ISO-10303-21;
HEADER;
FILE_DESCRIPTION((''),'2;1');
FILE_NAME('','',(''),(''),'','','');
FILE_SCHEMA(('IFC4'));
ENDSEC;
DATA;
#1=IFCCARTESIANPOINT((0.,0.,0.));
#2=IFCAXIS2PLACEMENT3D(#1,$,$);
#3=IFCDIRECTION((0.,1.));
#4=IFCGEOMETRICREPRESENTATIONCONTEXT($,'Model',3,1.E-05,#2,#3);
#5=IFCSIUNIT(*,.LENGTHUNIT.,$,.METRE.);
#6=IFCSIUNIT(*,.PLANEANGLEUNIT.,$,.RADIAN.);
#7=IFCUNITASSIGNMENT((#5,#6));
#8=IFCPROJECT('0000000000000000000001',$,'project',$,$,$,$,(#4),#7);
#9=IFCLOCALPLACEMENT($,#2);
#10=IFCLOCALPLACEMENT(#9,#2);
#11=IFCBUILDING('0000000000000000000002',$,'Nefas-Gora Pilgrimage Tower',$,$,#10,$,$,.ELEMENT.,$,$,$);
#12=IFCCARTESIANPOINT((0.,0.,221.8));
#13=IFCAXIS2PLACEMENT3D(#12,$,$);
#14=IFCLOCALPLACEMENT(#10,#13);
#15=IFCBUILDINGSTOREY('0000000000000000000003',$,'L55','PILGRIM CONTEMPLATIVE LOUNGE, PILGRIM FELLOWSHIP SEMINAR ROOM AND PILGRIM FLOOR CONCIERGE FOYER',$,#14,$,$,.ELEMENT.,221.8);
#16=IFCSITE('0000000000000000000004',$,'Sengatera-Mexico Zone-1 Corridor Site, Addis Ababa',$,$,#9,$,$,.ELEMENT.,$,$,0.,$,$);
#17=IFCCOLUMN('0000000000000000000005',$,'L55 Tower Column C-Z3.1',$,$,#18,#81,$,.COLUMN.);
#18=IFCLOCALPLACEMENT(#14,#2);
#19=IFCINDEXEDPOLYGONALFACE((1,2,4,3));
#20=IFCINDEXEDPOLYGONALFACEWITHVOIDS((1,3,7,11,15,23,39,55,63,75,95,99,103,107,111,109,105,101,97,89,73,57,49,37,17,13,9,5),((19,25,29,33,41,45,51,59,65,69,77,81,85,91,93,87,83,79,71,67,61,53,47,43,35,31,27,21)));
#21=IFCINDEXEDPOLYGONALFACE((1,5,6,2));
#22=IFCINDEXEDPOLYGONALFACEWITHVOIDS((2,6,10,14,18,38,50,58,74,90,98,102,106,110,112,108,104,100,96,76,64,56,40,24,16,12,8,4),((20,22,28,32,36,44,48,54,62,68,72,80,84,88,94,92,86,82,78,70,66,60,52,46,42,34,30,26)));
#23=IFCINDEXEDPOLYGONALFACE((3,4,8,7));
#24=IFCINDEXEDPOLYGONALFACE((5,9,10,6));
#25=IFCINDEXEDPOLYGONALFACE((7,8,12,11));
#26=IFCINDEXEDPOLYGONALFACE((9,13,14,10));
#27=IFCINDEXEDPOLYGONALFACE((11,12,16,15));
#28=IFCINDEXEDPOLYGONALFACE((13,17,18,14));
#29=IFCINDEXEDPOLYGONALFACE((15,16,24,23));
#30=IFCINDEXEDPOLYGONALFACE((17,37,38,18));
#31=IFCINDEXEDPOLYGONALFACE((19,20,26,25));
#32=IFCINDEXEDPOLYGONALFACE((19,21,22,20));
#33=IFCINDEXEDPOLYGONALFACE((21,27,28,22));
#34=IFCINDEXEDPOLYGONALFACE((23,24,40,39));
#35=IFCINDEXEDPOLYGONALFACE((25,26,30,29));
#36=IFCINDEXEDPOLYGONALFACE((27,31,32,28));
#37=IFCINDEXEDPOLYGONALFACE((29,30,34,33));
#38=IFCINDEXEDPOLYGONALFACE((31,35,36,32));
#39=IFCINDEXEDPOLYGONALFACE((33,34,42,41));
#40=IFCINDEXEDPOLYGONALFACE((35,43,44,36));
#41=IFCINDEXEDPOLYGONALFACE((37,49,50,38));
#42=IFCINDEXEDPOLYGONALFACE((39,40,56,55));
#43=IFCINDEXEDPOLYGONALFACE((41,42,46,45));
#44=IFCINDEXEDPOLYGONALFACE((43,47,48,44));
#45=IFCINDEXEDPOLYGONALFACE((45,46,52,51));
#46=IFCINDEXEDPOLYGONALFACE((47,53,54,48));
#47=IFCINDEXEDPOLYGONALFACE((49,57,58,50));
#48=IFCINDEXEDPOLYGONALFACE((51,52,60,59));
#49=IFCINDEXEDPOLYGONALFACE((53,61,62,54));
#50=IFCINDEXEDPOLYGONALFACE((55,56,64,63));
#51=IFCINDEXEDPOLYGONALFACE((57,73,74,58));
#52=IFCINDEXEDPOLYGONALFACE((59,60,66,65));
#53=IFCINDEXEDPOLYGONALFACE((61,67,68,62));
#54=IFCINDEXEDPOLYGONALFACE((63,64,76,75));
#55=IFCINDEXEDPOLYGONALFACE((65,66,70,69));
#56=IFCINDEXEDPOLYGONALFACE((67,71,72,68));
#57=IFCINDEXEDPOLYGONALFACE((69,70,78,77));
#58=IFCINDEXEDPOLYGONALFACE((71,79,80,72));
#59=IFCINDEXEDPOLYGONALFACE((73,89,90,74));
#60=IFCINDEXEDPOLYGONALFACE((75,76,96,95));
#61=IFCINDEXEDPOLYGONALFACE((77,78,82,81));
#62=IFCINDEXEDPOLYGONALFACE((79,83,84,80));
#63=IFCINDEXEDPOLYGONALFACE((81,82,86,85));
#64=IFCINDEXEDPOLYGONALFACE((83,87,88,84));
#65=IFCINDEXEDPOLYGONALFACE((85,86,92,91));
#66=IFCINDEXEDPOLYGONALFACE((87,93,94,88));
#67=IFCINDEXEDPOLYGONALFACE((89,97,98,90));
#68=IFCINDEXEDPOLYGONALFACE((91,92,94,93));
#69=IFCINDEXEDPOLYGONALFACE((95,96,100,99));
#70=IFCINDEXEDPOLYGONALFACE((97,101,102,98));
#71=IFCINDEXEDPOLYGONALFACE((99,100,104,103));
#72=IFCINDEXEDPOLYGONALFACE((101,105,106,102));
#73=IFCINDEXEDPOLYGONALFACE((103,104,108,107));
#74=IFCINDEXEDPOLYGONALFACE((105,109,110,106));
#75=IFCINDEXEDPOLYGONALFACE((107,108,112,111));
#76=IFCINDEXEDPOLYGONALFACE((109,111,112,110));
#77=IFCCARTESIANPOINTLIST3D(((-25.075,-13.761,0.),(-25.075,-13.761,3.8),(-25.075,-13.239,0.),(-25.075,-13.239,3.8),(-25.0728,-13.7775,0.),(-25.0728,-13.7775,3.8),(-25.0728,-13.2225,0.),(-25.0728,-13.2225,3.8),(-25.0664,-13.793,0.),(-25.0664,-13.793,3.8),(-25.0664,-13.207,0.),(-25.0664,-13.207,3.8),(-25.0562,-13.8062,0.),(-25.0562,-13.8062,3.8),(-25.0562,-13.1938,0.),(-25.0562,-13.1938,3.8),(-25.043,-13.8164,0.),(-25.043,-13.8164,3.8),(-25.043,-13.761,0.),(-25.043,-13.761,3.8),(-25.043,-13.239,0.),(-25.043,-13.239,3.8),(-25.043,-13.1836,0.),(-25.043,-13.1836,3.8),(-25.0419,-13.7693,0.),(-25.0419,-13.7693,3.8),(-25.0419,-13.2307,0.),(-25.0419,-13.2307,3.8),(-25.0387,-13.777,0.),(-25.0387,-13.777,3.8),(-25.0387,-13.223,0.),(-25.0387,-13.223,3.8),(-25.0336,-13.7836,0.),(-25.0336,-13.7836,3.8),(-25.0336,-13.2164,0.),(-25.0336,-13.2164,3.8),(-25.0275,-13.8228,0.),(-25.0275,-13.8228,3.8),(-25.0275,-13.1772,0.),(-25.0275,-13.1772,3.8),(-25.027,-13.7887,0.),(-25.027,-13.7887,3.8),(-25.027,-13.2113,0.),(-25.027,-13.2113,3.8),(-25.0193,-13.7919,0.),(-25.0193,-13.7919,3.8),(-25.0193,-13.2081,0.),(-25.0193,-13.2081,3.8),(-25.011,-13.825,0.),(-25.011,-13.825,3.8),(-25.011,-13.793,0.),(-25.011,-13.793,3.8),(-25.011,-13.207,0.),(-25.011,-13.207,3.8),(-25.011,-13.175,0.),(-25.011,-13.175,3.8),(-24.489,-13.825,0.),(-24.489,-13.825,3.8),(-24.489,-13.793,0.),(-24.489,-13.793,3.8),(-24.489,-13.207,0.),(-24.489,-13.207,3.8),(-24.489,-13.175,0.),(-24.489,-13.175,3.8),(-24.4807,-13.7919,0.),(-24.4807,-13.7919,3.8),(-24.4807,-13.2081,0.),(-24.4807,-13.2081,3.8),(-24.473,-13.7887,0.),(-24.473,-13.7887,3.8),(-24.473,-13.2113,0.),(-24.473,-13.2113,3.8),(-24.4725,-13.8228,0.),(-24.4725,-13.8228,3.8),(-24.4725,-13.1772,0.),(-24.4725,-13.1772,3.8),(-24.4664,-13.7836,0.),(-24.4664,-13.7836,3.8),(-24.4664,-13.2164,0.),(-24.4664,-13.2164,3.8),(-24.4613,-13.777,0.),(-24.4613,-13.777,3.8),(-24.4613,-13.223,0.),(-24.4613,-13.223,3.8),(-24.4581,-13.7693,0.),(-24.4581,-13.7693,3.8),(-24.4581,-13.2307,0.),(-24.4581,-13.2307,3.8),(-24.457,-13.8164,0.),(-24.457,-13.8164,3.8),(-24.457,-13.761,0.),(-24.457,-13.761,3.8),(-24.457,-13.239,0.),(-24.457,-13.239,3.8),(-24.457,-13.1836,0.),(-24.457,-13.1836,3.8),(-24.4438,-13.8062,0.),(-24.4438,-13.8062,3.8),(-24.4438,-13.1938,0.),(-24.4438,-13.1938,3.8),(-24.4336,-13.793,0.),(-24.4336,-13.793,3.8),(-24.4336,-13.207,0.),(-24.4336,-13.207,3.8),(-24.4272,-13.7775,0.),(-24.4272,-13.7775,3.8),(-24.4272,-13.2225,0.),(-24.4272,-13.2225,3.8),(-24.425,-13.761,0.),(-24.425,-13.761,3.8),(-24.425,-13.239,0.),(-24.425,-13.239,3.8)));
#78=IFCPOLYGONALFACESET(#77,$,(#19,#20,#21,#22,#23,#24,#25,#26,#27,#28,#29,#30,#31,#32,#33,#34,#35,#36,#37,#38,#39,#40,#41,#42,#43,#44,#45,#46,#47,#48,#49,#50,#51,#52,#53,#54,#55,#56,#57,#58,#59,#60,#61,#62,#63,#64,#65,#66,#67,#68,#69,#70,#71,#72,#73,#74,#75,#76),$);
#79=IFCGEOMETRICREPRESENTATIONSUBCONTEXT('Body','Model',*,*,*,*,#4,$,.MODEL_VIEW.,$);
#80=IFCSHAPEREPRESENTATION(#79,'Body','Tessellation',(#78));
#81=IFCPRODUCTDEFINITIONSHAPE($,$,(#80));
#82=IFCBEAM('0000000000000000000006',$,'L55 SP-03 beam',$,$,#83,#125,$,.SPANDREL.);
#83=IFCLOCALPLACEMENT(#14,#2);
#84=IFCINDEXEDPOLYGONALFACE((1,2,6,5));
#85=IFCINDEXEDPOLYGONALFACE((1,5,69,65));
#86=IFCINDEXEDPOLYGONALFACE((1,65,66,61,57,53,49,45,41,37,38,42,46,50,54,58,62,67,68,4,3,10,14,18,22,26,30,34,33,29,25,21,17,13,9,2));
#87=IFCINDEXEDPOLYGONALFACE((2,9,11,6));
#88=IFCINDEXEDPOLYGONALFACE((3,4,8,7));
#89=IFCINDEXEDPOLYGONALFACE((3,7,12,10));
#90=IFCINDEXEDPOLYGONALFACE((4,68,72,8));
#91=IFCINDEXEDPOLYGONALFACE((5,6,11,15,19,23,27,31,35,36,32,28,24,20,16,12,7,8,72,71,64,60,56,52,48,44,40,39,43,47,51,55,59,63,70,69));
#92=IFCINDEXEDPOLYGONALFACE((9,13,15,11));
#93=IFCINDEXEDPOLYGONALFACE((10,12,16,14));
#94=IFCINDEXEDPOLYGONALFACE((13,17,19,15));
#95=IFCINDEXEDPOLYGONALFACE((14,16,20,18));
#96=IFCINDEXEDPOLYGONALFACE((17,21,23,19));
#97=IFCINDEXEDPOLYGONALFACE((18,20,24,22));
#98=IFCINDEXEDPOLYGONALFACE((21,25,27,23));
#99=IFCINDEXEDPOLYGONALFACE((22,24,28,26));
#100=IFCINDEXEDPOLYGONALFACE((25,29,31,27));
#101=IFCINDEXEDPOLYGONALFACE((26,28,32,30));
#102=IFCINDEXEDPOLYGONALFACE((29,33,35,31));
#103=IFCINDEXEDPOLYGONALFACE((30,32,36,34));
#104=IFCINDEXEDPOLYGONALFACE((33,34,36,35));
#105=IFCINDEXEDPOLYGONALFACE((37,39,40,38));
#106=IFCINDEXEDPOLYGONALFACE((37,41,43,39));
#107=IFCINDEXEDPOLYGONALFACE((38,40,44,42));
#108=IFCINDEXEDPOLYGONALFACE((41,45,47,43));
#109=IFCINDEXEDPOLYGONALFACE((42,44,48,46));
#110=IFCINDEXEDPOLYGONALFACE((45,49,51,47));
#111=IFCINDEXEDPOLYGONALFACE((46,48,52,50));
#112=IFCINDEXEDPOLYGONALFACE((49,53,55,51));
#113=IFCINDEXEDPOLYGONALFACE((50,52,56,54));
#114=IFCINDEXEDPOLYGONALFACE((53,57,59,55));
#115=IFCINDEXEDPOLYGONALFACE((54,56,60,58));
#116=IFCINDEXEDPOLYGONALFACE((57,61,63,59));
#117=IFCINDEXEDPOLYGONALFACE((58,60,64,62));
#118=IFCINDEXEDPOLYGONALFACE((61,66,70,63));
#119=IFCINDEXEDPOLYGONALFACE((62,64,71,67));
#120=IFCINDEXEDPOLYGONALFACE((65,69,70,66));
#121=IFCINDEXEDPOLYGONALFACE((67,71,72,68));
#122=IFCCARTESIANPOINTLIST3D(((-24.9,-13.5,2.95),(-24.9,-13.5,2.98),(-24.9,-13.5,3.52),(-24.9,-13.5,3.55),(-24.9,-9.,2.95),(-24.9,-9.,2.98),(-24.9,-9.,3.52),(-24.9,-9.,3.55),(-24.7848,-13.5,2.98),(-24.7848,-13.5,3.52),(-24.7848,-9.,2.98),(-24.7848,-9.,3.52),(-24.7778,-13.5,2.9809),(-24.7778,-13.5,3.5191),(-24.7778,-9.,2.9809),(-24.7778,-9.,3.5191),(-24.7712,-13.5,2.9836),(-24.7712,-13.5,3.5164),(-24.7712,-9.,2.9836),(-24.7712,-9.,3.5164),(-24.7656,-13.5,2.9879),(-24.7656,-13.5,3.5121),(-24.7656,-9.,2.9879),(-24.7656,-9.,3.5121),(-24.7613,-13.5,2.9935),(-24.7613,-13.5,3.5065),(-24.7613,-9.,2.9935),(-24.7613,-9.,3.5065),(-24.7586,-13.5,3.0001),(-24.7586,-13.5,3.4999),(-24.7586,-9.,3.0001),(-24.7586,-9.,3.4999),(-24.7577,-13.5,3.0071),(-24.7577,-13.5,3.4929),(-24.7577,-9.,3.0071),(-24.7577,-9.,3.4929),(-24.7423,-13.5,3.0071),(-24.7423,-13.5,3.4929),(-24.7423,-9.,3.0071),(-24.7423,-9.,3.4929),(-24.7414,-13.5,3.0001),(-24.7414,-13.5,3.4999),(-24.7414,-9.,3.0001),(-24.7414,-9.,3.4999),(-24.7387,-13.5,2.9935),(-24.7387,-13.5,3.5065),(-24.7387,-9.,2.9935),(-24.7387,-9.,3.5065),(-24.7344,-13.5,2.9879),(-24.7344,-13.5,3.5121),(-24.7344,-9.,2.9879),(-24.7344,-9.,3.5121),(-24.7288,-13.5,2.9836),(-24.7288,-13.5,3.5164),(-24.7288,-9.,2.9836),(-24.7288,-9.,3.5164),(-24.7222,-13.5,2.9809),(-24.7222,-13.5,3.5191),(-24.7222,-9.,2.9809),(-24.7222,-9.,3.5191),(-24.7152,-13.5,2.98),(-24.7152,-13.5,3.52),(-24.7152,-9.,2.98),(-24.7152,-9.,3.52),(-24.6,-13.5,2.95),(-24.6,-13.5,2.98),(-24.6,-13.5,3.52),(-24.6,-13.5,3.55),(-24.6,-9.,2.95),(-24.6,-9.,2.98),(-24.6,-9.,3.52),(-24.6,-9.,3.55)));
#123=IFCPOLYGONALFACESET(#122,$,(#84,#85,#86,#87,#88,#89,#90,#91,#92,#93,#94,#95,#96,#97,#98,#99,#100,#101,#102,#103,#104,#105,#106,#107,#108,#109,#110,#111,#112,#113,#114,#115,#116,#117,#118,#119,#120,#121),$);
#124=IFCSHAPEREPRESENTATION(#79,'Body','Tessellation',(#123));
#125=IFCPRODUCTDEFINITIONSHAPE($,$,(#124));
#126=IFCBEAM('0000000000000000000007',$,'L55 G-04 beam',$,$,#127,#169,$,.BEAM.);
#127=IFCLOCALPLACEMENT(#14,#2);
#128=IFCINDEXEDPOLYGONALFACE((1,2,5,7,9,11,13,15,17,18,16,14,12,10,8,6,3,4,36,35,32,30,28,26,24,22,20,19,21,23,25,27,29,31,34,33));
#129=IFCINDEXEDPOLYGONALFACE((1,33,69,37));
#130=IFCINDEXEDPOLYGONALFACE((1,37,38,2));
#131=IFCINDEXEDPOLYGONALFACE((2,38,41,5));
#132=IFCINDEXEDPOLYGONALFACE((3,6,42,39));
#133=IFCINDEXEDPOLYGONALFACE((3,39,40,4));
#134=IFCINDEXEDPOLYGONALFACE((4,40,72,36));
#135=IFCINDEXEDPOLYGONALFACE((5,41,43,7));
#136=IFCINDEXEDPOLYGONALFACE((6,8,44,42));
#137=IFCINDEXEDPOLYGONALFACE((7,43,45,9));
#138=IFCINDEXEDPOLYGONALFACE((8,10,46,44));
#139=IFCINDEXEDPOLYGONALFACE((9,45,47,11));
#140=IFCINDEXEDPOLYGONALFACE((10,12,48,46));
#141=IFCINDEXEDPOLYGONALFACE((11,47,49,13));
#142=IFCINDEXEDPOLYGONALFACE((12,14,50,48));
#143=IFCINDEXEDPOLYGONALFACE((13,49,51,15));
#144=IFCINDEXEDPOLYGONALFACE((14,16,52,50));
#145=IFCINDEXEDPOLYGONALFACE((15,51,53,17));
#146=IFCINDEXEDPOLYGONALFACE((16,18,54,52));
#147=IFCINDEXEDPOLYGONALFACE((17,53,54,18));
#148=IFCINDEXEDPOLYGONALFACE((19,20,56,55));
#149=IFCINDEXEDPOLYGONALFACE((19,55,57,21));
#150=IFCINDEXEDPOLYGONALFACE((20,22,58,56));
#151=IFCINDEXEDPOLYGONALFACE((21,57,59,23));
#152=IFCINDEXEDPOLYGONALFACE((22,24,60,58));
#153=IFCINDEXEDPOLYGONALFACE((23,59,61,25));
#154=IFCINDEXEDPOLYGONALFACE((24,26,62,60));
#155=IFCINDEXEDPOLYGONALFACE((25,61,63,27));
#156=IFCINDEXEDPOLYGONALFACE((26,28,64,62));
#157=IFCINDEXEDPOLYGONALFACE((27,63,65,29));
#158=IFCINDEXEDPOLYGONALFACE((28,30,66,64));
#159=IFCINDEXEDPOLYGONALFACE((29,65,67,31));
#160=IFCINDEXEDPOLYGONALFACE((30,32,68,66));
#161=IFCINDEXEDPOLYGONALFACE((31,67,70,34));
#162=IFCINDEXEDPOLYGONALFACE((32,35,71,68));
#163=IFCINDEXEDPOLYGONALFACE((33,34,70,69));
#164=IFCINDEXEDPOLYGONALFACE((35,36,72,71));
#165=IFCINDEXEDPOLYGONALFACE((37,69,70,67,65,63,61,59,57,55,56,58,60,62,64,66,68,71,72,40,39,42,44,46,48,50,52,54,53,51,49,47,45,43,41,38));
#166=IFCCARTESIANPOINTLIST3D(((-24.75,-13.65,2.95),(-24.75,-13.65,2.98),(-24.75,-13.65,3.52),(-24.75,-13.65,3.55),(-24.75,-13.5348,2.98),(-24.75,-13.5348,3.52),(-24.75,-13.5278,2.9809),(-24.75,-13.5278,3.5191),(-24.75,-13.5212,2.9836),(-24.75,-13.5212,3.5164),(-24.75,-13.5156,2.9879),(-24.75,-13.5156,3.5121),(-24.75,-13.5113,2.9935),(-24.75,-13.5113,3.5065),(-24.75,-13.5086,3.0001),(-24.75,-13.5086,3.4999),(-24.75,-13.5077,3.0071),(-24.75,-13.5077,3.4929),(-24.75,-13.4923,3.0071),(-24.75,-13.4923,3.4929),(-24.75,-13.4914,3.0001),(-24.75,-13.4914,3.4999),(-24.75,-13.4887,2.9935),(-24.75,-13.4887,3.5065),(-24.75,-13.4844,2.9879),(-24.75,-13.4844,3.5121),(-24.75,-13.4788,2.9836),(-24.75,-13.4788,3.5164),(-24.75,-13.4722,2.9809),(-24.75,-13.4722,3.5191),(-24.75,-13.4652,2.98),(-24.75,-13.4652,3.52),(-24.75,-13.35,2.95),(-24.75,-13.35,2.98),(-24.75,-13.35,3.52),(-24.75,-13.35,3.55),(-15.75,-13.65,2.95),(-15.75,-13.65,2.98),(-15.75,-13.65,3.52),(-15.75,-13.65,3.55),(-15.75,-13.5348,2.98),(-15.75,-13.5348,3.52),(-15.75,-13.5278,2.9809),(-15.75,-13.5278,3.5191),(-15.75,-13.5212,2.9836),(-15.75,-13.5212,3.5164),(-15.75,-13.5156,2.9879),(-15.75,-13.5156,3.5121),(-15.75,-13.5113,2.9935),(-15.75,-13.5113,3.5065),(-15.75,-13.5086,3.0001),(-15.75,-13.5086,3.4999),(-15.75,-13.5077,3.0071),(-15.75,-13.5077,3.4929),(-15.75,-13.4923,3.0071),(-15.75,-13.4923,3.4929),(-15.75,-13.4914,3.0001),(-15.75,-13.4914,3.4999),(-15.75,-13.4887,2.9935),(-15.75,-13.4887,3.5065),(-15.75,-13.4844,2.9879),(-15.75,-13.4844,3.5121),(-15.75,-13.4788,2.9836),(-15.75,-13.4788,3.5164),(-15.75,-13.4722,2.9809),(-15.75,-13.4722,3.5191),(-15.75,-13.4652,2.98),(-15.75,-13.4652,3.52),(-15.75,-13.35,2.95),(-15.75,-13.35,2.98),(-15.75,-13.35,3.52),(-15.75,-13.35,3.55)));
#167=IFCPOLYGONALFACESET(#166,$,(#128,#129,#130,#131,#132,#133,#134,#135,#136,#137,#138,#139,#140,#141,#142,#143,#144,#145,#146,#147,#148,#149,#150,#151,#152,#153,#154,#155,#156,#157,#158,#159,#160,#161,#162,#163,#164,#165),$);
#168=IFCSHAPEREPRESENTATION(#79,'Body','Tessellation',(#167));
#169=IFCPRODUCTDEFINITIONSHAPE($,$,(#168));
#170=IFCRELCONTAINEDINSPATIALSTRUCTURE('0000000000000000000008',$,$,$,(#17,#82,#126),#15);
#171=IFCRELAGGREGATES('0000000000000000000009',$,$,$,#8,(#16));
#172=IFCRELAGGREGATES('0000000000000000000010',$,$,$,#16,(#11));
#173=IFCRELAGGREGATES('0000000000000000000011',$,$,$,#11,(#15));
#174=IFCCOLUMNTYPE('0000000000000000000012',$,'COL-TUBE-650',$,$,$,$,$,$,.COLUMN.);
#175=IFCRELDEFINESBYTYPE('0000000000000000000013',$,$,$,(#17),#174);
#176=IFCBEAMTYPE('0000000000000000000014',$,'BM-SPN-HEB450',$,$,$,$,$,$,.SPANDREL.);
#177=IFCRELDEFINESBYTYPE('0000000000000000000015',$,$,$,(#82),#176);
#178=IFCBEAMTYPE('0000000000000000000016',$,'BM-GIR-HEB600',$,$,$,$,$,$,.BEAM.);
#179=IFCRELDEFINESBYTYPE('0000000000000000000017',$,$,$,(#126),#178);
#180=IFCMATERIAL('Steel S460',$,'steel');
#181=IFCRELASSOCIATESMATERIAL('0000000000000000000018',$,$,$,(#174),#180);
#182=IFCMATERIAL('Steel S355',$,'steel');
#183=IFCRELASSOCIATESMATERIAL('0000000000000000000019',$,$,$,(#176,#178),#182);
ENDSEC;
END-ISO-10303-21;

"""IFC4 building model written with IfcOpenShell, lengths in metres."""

from ifc_helpers import new_model, si_unit, direction, frame, origin, origin_2d, place, context, subcontext, project, spatial, hollow_rectangle, i_section, extrude, source, transform, mapped, material, material_profile, profile_set, type_object, element, save


model = new_model("IFC4")

# Units and contexts
model_context = context("Model", 3, precision=1e-05, world=origin(), true_north=direction((0.0, 1.0)))
body_context = subcontext(model_context, "Body", "Model", "MODEL_VIEW")
ifc_project = project(units=[si_unit("LENGTHUNIT", "METRE"), si_unit("PLANEANGLEUNIT", "RADIAN")], contexts=[model_context])

# Site, building, storey
site_placement = place(None, origin())
site = spatial("IfcSite", under=ifc_project, at=site_placement, Name="Sengatera-Mexico Zone-1 Corridor Site, Addis Ababa", CompositionType="ELEMENT", RefElevation=0.0)
building_placement = place(site_placement, origin())
building = spatial("IfcBuilding", under=site, at=building_placement, Name="Nefas-Gora Pilgrimage Tower", CompositionType="ELEMENT")
storey_placement = place(building_placement, frame((0.0, 0.0, 221.8)))
storey = spatial("IfcBuildingStorey", under=building, at=storey_placement, Name="L55", Description="PILGRIM CONTEMPLATIVE LOUNGE, PILGRIM FELLOWSHIP SEMINAR ROOM AND PILGRIM FLOOR CONCIERGE FOYER", CompositionType="ELEMENT", Elevation=221.8)

# Column
ifc_material_1 = material(Name="Steel S460", Category="steel")
ifc_material_profile_1 = material_profile(ifc_material_1, hollow_rectangle(XDim=0.6499, YDim=0.6499, WallThickness=0.032, InnerFilletRadius=0.032, OuterFilletRadius=0.064, at=origin_2d()), Name="BOX 650x650x32")
ifc_profile_set_1 = profile_set([ifc_material_profile_1], Name="Steel S460")
column_type_1 = type_object("IfcColumnType", Name="COL-TUBE-650", PredefinedType="COLUMN", material=ifc_profile_set_1)
shared_shape_1 = source(origin(), body_context, "Body", "SweptSolid", [
    extrude(hollow_rectangle(XDim=0.6499, YDim=0.6499, WallThickness=0.032, InnerFilletRadius=0.032, OuterFilletRadius=0.064, at=origin_2d()), origin(), (0.0, 0.0, 1.0), 3.8),
])
column_placement = place(storey_placement, frame((-24.75, -13.5, 0.0), z_axis=(0.0, 0.0, 1.0), x_axis=(1.0, 0.0, 0.0)))
element("IfcColumn", 1, at=column_placement, inside=storey, type_object=column_type_1, Name="L55 Tower Column C-Z3.1", PredefinedType="COLUMN", context=body_context, shape_type="MappedRepresentation", body=[
    mapped(shared_shape_1, transform((0.0, 0.0, 0.0), x_axis=(1.0, 0.0, 0.0), y_axis=(0.0, 1.0, 0.0), z_axis=(0.0, 0.0, 1.0), scale=1.0)),
])

# Beams
ifc_material_2 = material(Name="Steel S355", Category="steel")
ifc_material_profile_2 = material_profile(ifc_material_2, i_section(OverallWidth=0.3, OverallDepth=0.6001, WebThickness=0.0154, FlangeThickness=0.03, FilletRadius=0.0271, at=origin_2d()), Name="HEB 600")
ifc_profile_set_2 = profile_set([ifc_material_profile_2], Name="Steel S355")
beam_type_1 = type_object("IfcBeamType", Name="BM-SPN-HEB450", PredefinedType="SPANDREL", material=ifc_profile_set_2)
shared_shape_2 = source(origin(), body_context, "Body", "SweptSolid", [
    extrude(i_section(OverallWidth=0.3, OverallDepth=0.6001, WebThickness=0.0154, FlangeThickness=0.03, FilletRadius=0.0271, at=origin_2d()), origin(), (0.0, 0.0, 1.0), 4.5),
])
beam_1_placement = place(storey_placement, frame((-24.75, -13.5, 3.25), z_axis=(0.0, 1.0, 0.0), x_axis=(-1.0, 0.0, 0.0)))
element("IfcBeam", 2, at=beam_1_placement, inside=storey, type_object=beam_type_1, Name="L55 SP-03 beam", PredefinedType="SPANDREL", context=body_context, shape_type="MappedRepresentation", body=[
    mapped(shared_shape_2, transform((0.0, 0.0, 0.0), x_axis=(1.0, 0.0, 0.0), y_axis=(0.0, 1.0, 0.0), z_axis=(0.0, 0.0, 1.0), scale=1.0)),
])
ifc_material_profile_3 = material_profile(ifc_material_2, i_section(OverallWidth=0.3, OverallDepth=0.6001, WebThickness=0.0154, FlangeThickness=0.03, FilletRadius=0.0271, at=origin_2d()), Name="HEB 600")
ifc_profile_set_3 = profile_set([ifc_material_profile_3], Name="Steel S355")
beam_type_2 = type_object("IfcBeamType", Name="BM-GIR-HEB600", PredefinedType="BEAM", material=ifc_profile_set_3)
shared_shape_3 = source(origin(), body_context, "Body", "SweptSolid", [
    extrude(i_section(OverallWidth=0.3, OverallDepth=0.6001, WebThickness=0.0154, FlangeThickness=0.03, FilletRadius=0.0271, at=origin_2d()), origin(), (0.0, 0.0, 1.0), 9.0),
])
for number, where, z_axis, x_axis, name in (
    (3, (-24.75, -13.5, 3.25), (1.0, 0.0, 0.0), (0.0, 1.0, 0.0), "L55 G-04 beam"),
):
    element("IfcBeam", number, at=place(storey_placement, frame(where, z_axis=z_axis, x_axis=x_axis)), inside=storey, type_object=beam_type_2, Name=name, PredefinedType="BEAM", context=body_context, shape_type="MappedRepresentation", body=[
        mapped(shared_shape_3, transform((0.0, 0.0, 0.0), x_axis=(1.0, 0.0, 0.0), y_axis=(0.0, 1.0, 0.0), z_axis=(0.0, 0.0, 1.0), scale=1.0)),
    ])

save(model, "model.ifc")
